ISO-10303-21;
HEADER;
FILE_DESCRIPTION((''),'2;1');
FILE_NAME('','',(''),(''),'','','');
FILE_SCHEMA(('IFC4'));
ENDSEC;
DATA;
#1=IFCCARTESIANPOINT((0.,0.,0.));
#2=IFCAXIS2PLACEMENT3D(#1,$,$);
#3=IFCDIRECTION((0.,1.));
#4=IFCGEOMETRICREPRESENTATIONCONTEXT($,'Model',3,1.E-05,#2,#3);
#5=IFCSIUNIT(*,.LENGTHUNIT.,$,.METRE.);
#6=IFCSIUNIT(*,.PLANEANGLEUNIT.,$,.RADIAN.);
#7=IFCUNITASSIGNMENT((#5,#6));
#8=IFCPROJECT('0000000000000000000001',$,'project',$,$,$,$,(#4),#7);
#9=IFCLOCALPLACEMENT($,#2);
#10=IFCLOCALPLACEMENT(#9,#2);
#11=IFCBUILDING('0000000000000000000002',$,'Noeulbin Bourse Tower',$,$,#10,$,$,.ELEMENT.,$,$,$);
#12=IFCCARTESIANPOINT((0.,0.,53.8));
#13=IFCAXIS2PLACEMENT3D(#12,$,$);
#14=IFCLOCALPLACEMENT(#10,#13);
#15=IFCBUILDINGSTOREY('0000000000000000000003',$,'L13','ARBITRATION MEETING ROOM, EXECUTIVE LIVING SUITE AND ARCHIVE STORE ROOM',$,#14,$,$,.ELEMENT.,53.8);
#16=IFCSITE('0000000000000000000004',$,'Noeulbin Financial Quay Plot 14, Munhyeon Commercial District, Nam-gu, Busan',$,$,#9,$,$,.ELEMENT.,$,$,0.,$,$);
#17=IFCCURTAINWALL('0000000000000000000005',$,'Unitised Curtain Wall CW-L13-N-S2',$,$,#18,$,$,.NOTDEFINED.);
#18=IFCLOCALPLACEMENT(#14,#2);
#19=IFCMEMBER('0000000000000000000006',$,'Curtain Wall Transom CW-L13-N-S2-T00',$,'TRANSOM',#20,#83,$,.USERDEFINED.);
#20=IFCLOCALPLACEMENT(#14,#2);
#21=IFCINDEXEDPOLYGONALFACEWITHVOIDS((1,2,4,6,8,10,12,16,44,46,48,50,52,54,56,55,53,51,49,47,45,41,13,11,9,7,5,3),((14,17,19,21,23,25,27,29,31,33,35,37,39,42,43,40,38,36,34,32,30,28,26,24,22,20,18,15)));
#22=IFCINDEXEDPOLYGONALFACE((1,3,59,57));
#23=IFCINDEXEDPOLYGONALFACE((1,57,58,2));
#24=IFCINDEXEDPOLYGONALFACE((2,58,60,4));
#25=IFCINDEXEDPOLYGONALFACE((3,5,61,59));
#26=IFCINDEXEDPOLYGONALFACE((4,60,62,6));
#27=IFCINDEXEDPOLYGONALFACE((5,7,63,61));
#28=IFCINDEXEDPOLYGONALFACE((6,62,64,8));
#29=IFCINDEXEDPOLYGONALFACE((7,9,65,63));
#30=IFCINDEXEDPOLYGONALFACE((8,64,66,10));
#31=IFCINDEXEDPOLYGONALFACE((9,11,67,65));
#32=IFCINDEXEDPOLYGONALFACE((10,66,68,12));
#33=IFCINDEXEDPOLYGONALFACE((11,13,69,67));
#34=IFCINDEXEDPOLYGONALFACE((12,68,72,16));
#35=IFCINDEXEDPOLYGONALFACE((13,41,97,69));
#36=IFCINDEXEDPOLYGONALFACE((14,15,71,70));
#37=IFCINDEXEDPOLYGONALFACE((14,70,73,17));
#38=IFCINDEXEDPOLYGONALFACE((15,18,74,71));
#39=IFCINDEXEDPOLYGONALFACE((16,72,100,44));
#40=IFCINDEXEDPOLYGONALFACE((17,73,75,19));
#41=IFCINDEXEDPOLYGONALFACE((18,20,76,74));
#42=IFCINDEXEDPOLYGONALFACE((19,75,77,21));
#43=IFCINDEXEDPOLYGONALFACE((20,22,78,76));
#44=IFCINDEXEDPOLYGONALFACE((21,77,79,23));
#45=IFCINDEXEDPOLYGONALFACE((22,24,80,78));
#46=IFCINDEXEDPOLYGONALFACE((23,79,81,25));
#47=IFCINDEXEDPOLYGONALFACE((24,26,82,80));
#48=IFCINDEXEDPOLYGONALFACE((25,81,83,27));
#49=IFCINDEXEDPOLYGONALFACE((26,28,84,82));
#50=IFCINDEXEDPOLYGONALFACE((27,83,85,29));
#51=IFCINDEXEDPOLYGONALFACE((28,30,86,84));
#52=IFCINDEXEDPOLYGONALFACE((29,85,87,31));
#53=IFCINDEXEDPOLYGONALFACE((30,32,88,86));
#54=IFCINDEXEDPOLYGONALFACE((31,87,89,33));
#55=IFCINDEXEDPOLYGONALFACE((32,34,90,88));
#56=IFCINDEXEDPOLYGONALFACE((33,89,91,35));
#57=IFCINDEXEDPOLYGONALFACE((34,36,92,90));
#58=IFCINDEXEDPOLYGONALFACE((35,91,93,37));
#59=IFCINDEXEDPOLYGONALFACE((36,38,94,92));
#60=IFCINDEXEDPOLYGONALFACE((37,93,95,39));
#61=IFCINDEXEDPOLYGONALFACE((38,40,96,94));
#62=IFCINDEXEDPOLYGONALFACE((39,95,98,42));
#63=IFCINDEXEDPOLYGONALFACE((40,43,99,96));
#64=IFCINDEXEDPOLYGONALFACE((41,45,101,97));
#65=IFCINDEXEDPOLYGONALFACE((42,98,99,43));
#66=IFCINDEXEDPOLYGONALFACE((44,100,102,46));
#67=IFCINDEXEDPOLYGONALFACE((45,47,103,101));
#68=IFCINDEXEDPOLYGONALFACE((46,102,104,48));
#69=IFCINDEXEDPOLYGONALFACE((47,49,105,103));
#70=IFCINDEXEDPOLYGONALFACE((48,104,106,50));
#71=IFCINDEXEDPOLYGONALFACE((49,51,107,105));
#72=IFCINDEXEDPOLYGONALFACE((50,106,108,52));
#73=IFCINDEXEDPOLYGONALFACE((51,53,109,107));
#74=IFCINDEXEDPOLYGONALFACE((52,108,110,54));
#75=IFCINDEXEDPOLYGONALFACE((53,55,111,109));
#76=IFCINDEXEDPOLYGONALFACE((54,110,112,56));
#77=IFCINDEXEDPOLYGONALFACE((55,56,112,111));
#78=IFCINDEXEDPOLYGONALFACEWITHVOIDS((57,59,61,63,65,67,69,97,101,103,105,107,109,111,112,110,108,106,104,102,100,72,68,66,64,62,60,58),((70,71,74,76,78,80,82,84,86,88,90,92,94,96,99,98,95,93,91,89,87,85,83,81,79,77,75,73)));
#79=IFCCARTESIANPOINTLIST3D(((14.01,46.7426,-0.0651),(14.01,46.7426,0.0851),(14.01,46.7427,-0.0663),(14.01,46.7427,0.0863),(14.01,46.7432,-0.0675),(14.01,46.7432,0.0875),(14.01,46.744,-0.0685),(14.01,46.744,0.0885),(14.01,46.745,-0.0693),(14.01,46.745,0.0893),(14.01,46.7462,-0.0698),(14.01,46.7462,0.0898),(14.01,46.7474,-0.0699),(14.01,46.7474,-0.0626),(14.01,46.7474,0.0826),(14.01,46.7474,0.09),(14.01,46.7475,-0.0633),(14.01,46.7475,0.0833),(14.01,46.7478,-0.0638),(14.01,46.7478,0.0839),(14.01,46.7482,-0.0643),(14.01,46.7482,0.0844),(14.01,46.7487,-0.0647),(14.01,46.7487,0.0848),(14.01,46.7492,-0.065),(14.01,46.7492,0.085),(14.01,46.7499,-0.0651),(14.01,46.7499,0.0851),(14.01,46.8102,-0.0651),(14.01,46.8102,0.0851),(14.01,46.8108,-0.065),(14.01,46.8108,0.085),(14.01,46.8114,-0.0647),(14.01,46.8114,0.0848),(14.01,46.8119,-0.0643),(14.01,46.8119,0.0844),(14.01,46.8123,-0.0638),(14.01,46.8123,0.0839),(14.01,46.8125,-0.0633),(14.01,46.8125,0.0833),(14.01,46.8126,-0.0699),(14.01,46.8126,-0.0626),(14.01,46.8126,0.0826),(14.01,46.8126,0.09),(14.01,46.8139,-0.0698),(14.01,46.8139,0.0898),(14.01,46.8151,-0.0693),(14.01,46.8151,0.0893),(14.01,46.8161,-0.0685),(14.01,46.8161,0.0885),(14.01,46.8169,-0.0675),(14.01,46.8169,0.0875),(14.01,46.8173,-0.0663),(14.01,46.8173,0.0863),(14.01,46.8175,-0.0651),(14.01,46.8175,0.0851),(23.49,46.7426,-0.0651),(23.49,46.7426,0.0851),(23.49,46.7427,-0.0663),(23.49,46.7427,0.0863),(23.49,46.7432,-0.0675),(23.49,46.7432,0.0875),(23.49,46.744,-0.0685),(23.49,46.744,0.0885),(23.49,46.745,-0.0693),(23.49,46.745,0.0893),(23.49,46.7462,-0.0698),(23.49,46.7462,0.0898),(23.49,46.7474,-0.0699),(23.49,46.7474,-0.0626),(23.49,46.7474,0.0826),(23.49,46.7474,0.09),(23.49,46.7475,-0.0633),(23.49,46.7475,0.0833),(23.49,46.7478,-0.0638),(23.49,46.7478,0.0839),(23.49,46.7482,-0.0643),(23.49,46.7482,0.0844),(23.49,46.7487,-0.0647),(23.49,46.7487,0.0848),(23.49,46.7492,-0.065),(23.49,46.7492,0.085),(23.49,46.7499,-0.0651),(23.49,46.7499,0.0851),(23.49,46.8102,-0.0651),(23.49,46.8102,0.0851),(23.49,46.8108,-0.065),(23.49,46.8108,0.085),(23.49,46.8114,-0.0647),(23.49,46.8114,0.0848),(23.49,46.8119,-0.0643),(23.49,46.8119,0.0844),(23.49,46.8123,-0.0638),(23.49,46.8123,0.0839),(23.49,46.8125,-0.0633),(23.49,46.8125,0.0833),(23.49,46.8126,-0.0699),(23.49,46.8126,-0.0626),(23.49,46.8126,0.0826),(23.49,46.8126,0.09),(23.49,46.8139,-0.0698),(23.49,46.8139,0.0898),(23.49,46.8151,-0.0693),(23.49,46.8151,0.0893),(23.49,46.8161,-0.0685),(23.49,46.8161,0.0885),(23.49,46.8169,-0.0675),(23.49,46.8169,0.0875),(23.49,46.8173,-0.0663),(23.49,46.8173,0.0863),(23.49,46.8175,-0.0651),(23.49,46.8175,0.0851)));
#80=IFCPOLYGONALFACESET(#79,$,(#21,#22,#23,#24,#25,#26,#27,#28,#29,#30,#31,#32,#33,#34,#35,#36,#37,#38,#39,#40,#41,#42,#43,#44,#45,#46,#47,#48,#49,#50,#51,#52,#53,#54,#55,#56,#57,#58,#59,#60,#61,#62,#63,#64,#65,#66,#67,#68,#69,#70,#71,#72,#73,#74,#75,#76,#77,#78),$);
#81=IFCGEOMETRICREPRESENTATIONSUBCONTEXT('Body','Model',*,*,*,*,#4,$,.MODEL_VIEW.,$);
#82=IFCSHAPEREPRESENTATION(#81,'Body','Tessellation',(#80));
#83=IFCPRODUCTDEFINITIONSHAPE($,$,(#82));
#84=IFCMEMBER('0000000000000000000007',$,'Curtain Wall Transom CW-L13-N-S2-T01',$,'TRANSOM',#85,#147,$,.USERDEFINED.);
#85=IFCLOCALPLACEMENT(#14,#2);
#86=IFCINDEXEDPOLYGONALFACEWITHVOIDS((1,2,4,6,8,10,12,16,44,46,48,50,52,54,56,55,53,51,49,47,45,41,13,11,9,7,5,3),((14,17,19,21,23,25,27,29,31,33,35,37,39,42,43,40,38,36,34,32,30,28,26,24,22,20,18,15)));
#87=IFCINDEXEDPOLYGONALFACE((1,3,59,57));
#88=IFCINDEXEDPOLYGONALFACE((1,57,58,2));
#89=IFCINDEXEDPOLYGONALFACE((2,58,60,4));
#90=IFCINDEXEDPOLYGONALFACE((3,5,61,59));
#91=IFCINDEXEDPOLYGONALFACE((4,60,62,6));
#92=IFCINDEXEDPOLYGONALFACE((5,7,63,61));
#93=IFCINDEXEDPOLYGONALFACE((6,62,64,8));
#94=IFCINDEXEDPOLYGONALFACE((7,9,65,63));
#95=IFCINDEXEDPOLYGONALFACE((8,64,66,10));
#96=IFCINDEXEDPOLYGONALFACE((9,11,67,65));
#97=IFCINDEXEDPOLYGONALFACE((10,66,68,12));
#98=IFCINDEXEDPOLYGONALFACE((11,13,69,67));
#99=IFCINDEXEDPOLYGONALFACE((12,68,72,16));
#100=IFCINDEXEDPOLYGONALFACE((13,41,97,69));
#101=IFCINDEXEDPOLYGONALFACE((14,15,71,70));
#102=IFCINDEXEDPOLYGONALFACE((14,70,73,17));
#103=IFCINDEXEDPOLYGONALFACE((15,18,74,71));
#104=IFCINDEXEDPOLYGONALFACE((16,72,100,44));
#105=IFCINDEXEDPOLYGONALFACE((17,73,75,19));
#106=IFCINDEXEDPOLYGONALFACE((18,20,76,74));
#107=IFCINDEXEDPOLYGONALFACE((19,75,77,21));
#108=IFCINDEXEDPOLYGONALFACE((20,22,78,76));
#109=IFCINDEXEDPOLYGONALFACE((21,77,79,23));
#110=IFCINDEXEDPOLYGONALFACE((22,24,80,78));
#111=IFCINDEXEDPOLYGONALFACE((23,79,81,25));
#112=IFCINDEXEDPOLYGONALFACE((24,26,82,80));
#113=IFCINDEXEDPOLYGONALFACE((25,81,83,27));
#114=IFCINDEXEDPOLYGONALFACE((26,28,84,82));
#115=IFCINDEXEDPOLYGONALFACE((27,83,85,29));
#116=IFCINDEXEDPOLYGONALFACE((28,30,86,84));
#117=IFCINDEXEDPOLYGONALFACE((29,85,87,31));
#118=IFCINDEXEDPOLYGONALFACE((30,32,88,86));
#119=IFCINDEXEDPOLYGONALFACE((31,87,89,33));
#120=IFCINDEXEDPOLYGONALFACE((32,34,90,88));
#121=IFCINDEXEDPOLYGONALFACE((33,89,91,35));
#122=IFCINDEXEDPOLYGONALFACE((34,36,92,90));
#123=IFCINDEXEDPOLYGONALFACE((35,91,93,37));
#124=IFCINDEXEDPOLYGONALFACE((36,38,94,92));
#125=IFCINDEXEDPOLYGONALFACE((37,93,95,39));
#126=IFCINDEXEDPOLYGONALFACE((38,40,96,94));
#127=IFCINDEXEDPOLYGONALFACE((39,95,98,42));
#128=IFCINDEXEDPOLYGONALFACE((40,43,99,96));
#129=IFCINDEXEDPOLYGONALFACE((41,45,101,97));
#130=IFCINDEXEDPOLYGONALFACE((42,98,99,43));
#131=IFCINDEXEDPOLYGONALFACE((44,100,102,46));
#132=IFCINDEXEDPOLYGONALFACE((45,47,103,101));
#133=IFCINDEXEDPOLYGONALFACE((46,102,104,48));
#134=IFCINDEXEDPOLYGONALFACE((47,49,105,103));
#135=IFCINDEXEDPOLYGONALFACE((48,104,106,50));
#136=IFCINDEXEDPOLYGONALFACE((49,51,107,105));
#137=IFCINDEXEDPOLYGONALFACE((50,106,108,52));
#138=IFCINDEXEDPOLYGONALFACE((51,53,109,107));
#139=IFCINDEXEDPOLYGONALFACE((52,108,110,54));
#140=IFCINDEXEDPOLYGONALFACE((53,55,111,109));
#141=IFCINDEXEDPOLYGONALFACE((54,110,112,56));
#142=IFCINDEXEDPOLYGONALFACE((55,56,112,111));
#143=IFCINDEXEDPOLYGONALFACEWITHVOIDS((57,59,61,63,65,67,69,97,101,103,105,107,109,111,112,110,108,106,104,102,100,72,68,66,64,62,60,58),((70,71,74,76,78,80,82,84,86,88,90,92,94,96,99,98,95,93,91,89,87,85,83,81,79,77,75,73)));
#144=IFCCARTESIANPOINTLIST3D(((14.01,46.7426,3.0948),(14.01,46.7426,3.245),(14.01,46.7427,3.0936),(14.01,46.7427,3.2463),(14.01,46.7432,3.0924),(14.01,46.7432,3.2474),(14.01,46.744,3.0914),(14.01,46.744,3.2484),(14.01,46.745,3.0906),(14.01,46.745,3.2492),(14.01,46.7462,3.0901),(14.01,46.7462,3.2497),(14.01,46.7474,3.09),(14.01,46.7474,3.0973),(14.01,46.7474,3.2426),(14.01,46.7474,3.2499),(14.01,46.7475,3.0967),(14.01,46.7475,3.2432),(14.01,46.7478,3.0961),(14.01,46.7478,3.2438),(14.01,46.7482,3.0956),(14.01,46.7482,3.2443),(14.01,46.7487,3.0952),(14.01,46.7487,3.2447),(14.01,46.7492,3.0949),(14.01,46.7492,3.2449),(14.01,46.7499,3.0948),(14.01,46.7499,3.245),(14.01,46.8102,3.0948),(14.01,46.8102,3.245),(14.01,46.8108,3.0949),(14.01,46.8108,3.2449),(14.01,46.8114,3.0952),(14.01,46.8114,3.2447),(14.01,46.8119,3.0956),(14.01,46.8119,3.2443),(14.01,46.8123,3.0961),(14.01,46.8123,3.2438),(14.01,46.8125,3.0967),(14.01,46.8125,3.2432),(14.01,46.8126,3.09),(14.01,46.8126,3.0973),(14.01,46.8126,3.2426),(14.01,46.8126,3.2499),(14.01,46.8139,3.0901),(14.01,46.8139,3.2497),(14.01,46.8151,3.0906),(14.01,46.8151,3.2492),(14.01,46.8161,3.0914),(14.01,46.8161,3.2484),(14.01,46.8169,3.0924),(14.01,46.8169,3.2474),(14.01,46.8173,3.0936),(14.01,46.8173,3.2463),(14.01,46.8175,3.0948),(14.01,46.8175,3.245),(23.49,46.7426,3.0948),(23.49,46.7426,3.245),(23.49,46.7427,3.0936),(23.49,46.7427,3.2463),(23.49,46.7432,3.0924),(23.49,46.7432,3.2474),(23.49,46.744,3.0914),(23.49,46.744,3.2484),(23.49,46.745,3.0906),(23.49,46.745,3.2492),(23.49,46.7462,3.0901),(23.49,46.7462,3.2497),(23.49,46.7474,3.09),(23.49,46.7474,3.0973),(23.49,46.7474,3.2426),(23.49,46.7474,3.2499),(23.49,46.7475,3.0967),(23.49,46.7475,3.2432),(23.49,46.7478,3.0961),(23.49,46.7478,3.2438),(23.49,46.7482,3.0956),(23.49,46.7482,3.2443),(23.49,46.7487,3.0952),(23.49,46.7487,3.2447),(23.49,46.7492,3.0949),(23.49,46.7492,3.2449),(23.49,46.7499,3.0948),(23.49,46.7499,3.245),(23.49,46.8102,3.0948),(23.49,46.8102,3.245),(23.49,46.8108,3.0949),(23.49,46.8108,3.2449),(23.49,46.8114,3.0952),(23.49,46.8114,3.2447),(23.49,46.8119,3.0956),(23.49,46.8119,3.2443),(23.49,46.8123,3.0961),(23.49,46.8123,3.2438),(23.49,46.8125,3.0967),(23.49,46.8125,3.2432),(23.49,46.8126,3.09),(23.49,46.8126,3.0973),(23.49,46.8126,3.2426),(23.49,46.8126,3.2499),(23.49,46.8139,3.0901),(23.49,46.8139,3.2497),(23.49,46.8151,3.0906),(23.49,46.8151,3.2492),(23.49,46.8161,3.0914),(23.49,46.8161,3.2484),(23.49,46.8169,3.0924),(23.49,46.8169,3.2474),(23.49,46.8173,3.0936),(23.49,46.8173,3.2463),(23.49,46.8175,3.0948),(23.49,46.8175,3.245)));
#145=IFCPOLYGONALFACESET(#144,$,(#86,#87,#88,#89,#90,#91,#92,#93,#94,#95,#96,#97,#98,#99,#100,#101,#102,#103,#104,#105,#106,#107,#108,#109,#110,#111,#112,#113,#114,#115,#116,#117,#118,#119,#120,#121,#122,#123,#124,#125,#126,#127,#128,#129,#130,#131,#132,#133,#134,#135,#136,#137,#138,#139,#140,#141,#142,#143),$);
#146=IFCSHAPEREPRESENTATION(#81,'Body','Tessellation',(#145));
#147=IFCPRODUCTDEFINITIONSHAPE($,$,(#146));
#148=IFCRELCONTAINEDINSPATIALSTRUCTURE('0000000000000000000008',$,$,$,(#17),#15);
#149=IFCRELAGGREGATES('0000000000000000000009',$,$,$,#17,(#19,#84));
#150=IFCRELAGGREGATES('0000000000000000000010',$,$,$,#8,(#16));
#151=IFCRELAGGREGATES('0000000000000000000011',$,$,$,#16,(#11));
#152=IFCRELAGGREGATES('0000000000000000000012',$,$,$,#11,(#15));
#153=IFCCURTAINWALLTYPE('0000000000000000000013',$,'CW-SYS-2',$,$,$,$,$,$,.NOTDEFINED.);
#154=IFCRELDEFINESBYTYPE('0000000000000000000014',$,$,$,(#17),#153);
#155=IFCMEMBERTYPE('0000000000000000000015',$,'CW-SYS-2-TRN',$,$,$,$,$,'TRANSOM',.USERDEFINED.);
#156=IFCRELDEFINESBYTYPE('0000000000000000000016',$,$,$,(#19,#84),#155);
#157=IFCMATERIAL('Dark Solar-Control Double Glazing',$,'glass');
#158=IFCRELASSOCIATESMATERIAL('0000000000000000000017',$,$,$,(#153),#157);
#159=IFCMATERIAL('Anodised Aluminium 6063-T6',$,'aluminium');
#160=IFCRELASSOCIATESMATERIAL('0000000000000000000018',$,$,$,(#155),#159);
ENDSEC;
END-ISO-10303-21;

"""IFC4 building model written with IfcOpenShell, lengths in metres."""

from ifc_helpers import new_model, si_unit, direction, frame, origin, origin_2d, place, context, subcontext, project, spatial, hollow_rectangle, extrude, material, material_profile, profile_set, type_object, element, aggregate, save


model = new_model("IFC4")

# Units and contexts
model_context = context("Model", 3, precision=1e-05, world=origin(), true_north=direction((0.0, 1.0)))
body_context = subcontext(model_context, "Body", "Model", "MODEL_VIEW")
ifc_project = project(units=[si_unit("LENGTHUNIT", "METRE"), si_unit("PLANEANGLEUNIT", "RADIAN")], contexts=[model_context])

# Site, building, storey
site_placement = place(None, origin())
site = spatial("IfcSite", under=ifc_project, at=site_placement, Name="Noeulbin Financial Quay Plot 14, Munhyeon Commercial District, Nam-gu, Busan", CompositionType="ELEMENT", RefElevation=0.0)
building_placement = place(site_placement, origin())
building = spatial("IfcBuilding", under=site, at=building_placement, Name="Noeulbin Bourse Tower", CompositionType="ELEMENT")
storey_placement = place(building_placement, frame((0.0, 0.0, 53.8)))
storey = spatial("IfcBuildingStorey", under=building, at=storey_placement, Name="L13", Description="ARBITRATION MEETING ROOM, EXECUTIVE LIVING SUITE AND ARCHIVE STORE ROOM", CompositionType="ELEMENT", Elevation=53.8)

# Shared definitions
ifc_material_1 = material(Name="Dark Solar-Control Double Glazing", Category="glass")
curtain_wall_type = type_object("IfcCurtainWallType", Name="CW-SYS-2", PredefinedType="NOTDEFINED", material=ifc_material_1)
ifc_material_2 = material(Name="Anodised Aluminium 6063-T6", Category="aluminium")

# Curtain wall
curtain_wall_1_placement = place(storey_placement, origin())
curtain_wall_1 = element("IfcCurtainWall", 1, at=curtain_wall_1_placement, inside=storey, type_object=curtain_wall_type, Name="Unitised Curtain Wall CW-L13-N-S2", PredefinedType="NOTDEFINED")

# Members
ifc_material_profile_1 = material_profile(ifc_material_2, hollow_rectangle(XDim=0.075, YDim=0.1599, WallThickness=0.0049, InnerFilletRadius=0.0024, OuterFilletRadius=0.0049, at=origin_2d()), Name="ALU-TRAN-75x160x5", Category="LoadBearing")
ifc_profile_set_1 = profile_set([ifc_material_profile_1], Name="Anodised Aluminium 6063-T6")
member_type_1 = type_object("IfcMemberType", Name="CW-SYS-2-TRN", ElementType="TRANSOM", PredefinedType="USERDEFINED", material=ifc_profile_set_1)
member_1_placement = place(storey_placement, frame((14.01, 46.78, 0.01), z_axis=(1.0, 0.0, 0.0), x_axis=(0.0, 1.0, 0.0)))
member_1 = element("IfcMember", 2, at=member_1_placement, type_object=member_type_1, Name="Curtain Wall Transom CW-L13-N-S2-T00", ObjectType="TRANSOM", PredefinedType="USERDEFINED", context=body_context, shape_type="SweptSolid", body=[
    extrude(hollow_rectangle(XDim=0.075, YDim=0.1599, WallThickness=0.0049, InnerFilletRadius=0.0024, OuterFilletRadius=0.0049, at=origin_2d()), origin(), (0.0, 0.0, 1.0), 9.48),
])
member_2_placement = place(storey_placement, frame((14.01, 46.78, 3.1699), z_axis=(1.0, 0.0, 0.0), x_axis=(0.0, 1.0, 0.0)))
member_2 = element("IfcMember", 3, at=member_2_placement, type_object=member_type_1, Name="Curtain Wall Transom CW-L13-N-S2-T01", ObjectType="TRANSOM", PredefinedType="USERDEFINED", context=body_context, shape_type="SweptSolid", body=[
    extrude(hollow_rectangle(XDim=0.075, YDim=0.1599, WallThickness=0.0049, InnerFilletRadius=0.0024, OuterFilletRadius=0.0049, at=origin_2d()), origin(), (0.0, 0.0, 1.0), 9.48),
])
aggregate(curtain_wall_1, [member_1, member_2])

save(model, "model.ifc")
